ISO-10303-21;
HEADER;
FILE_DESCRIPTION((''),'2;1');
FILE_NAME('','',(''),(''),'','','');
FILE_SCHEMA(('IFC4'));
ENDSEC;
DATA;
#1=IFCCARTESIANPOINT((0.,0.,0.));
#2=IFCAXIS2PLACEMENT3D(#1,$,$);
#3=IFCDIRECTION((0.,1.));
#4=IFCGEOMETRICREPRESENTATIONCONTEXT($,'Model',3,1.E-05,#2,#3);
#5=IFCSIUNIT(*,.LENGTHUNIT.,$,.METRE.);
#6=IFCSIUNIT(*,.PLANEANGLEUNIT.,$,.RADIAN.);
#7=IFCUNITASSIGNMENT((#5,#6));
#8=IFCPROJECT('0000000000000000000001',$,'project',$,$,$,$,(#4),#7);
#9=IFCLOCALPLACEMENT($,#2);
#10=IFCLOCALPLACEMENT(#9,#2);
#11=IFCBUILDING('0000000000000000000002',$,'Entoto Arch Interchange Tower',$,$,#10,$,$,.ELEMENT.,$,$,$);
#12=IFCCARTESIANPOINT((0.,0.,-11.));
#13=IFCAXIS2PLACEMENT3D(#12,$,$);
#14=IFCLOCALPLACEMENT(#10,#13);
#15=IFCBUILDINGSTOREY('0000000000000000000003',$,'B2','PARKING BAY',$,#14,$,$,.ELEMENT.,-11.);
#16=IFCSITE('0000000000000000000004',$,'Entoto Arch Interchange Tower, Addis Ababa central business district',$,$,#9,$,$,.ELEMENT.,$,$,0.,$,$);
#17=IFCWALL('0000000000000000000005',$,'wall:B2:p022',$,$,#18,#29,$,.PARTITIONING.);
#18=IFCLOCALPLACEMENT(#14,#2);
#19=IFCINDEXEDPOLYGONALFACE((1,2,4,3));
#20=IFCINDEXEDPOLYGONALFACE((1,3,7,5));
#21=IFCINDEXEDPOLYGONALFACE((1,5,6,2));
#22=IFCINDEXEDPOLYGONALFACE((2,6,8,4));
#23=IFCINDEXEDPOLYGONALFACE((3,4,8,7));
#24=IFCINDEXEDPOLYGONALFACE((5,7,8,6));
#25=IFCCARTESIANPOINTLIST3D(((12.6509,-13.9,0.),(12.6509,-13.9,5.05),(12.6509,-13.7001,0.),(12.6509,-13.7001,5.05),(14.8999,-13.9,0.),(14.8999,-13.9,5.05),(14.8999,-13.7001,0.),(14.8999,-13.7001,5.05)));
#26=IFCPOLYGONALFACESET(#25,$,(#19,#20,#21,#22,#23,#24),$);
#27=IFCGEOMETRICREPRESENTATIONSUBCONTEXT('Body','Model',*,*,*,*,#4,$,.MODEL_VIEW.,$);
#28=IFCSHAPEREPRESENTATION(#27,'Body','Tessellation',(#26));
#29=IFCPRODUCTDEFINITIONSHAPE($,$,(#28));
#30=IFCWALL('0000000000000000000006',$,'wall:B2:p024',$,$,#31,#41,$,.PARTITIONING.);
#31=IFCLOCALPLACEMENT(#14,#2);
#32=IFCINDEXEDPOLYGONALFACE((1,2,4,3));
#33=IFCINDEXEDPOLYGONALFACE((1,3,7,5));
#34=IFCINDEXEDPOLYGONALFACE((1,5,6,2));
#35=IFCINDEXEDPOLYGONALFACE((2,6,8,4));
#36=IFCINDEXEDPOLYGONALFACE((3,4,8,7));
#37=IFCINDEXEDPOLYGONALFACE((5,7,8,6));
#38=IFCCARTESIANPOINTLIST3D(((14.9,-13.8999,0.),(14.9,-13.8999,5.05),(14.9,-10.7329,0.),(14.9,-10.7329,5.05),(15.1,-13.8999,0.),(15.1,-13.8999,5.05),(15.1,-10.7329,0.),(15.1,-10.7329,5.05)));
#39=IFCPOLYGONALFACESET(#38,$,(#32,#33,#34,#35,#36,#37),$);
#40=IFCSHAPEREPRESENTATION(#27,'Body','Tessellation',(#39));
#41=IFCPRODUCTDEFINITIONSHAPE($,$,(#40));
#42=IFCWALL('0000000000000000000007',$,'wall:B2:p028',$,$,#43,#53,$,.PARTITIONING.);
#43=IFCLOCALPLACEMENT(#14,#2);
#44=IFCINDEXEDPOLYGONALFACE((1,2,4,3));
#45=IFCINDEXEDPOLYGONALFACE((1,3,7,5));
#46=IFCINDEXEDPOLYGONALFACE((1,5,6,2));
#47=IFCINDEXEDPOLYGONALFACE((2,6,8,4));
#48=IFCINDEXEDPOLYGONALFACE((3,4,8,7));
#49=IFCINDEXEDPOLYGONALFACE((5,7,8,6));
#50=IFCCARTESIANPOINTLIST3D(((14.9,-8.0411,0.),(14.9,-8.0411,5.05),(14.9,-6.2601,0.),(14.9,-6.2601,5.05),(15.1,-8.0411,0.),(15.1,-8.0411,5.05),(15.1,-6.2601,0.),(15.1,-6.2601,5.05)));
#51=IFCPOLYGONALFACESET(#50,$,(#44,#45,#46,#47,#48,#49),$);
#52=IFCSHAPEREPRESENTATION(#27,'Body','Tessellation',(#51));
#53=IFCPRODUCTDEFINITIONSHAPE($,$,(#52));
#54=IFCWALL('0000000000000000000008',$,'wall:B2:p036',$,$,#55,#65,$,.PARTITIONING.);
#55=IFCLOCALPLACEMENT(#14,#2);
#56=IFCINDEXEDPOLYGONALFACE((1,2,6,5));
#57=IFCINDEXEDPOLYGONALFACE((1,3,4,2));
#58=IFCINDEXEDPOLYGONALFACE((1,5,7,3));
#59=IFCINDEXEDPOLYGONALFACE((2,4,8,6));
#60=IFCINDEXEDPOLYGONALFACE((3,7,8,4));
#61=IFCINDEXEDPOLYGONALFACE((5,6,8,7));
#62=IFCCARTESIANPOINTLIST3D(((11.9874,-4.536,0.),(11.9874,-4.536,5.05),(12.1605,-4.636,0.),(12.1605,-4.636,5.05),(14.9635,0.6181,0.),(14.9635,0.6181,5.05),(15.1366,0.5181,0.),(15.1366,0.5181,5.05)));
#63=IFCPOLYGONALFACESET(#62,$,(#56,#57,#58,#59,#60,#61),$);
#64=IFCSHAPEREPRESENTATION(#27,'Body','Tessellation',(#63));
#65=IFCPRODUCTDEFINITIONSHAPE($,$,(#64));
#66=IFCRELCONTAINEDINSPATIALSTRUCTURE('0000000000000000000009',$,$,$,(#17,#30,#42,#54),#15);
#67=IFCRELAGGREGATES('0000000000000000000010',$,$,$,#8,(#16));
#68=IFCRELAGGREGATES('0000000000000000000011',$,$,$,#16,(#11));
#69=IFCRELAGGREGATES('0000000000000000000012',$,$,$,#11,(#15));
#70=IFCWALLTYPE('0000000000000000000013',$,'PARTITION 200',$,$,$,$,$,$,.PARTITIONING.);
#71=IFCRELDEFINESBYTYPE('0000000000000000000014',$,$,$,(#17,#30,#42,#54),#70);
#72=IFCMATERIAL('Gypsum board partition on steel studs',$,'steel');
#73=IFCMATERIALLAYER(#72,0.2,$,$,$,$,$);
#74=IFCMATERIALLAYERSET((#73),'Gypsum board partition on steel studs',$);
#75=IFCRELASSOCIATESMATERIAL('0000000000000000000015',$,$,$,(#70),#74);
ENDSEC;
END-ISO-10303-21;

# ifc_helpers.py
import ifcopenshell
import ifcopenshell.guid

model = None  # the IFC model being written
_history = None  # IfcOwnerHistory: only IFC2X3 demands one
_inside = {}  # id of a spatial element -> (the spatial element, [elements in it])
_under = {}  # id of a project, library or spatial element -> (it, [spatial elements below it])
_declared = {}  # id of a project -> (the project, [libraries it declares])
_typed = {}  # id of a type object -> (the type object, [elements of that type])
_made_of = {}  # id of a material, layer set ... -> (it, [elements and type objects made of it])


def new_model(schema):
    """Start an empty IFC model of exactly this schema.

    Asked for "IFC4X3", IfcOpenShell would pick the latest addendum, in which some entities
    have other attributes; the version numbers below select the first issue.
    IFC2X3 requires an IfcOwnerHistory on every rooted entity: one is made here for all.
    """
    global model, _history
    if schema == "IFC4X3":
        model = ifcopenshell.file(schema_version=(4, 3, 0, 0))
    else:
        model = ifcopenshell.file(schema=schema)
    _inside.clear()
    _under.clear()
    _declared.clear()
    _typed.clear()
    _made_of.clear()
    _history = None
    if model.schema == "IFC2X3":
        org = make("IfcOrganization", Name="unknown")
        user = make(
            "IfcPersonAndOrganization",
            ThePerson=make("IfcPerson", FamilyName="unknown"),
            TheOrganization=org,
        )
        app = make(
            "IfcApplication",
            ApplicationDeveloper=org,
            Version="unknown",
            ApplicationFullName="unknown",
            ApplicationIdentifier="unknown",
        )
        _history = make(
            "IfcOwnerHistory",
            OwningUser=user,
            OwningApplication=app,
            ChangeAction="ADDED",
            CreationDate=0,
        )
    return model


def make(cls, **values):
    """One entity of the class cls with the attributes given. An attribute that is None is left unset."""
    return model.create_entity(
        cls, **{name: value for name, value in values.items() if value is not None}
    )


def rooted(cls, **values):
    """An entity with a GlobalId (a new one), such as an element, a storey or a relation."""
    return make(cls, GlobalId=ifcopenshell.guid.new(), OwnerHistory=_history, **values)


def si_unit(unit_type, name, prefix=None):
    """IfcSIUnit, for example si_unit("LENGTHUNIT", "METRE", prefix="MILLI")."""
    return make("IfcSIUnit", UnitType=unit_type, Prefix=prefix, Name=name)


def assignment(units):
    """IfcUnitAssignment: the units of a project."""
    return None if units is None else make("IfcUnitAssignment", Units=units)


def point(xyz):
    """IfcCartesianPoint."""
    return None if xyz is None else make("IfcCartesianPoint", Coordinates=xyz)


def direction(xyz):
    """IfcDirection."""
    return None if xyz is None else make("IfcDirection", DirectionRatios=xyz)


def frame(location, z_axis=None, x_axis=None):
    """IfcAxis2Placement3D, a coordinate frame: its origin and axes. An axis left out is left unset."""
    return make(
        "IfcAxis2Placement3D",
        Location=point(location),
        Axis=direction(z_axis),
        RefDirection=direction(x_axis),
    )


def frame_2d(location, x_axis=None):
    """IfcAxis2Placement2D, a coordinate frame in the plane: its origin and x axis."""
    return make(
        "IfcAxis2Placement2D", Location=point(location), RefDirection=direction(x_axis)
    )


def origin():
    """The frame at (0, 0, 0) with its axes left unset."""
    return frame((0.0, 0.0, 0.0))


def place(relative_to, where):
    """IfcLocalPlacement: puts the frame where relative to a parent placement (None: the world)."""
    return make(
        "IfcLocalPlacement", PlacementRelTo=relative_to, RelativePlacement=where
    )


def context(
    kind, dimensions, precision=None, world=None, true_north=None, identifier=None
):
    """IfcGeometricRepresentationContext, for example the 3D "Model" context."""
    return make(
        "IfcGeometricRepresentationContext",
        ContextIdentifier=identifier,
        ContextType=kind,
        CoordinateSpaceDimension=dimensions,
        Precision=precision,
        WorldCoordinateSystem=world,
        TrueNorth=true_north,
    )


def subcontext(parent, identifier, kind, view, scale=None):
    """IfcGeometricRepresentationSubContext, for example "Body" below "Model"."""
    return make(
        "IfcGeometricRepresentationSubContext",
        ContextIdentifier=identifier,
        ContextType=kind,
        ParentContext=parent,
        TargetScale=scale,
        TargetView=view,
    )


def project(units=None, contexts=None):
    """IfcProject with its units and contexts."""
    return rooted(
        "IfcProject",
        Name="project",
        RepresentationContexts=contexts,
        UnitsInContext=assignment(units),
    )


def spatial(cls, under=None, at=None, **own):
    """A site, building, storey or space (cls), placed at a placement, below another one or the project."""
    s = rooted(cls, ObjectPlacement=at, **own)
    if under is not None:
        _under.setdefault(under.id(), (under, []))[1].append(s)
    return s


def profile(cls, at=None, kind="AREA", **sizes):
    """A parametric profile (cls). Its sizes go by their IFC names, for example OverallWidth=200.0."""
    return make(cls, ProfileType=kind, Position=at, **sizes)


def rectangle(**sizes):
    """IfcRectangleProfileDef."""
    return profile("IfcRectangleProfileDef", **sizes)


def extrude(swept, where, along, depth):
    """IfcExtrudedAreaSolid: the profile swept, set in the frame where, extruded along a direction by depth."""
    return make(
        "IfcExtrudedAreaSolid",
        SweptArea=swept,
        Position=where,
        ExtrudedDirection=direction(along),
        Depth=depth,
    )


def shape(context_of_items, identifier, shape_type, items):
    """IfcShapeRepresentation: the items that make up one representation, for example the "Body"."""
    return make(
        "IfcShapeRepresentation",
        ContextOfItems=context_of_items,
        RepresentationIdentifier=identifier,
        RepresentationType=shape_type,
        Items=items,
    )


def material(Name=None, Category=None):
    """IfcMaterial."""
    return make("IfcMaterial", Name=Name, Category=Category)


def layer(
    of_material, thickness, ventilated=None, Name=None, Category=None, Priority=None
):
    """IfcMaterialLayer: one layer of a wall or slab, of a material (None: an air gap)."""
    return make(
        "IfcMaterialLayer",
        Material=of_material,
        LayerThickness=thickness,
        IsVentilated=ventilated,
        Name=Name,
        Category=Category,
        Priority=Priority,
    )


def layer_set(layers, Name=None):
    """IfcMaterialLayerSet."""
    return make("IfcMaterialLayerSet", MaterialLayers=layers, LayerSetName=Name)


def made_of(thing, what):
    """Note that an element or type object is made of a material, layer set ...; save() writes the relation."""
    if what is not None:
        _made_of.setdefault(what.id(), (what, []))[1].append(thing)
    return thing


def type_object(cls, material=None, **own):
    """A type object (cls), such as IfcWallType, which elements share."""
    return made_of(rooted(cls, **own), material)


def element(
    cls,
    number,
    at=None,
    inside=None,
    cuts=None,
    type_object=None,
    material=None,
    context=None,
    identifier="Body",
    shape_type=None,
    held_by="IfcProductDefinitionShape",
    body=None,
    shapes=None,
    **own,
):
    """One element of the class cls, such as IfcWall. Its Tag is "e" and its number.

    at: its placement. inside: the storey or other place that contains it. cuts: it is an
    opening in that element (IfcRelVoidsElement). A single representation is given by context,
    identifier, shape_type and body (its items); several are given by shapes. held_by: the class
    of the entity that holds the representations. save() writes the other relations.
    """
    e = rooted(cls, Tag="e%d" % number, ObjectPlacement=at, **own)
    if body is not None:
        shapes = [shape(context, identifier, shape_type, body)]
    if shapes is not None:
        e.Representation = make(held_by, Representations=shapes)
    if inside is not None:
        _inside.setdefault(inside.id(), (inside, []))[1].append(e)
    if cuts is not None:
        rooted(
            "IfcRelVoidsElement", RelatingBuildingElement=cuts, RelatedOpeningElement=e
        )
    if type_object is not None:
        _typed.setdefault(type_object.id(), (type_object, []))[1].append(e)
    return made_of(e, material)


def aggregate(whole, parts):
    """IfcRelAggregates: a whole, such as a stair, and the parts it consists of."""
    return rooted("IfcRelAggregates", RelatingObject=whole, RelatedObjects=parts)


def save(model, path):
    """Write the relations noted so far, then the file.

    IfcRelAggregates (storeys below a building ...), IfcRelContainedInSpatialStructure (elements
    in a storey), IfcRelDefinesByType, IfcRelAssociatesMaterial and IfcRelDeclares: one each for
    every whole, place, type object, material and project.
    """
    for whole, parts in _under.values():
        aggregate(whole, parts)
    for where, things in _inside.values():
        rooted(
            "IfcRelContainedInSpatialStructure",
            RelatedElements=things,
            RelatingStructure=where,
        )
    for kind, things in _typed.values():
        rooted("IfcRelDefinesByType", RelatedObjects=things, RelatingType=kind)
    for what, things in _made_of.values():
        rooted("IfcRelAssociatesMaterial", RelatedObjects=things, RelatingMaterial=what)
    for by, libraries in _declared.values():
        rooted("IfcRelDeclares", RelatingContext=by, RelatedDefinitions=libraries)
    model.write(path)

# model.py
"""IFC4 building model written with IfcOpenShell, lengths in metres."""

from ifc_helpers import new_model, si_unit, direction, frame, frame_2d, origin, place, context, subcontext, project, spatial, rectangle, extrude, material, layer, layer_set, type_object, element, save


model = new_model("IFC4")

# Units and contexts
model_context = context("Model", 3, precision=1e-05, world=origin(), true_north=direction((0.0, 1.0)))
body_context = subcontext(model_context, "Body", "Model", "MODEL_VIEW")
ifc_project = project(units=[si_unit("LENGTHUNIT", "METRE"), si_unit("PLANEANGLEUNIT", "RADIAN")], contexts=[model_context])

# Site, building, storey
site_placement = place(None, origin())
site = spatial("IfcSite", under=ifc_project, at=site_placement, Name="Entoto Arch Interchange Tower, Addis Ababa central business district", CompositionType="ELEMENT", RefElevation=0.0)
building_placement = place(site_placement, origin())
building = spatial("IfcBuilding", under=site, at=building_placement, Name="Entoto Arch Interchange Tower", CompositionType="ELEMENT")
storey_placement = place(building_placement, frame((0.0, 0.0, -11.0)))
storey = spatial("IfcBuildingStorey", under=building, at=storey_placement, Name="B2", Description="PARKING BAY", CompositionType="ELEMENT", Elevation=-11.0)

# Walls
ifc_material_1 = material(Name="Gypsum board partition on steel studs", Category="steel")
ifc_layer = layer(ifc_material_1, 0.2)
ifc_layer_set = layer_set([ifc_layer], Name="Gypsum board partition on steel studs")
wall_type = type_object("IfcWallType", Name="PARTITION 200", PredefinedType="PARTITIONING", material=ifc_layer_set)
wall_1_placement = place(storey_placement, frame((14.8999, -13.8, 0.0), z_axis=(0.0, 0.0, 1.0), x_axis=(-1.0, 0.0, 0.0)))
element("IfcWall", 1, at=wall_1_placement, inside=storey, type_object=wall_type, Name="wall:B2:p022", PredefinedType="PARTITIONING", context=body_context, shape_type="SweptSolid", body=[
    extrude(rectangle(XDim=2.249, YDim=0.2, at=frame_2d((1.1245, 0.0))), origin(), (0.0, 0.0, 1.0), 5.05),
])
wall_2_placement = place(storey_placement, frame((15.0, -10.7329, 0.0), z_axis=(0.0, 0.0, 1.0), x_axis=(0.0, -1.0, 0.0)))
element("IfcWall", 2, at=wall_2_placement, inside=storey, type_object=wall_type, Name="wall:B2:p024", PredefinedType="PARTITIONING", context=body_context, shape_type="SweptSolid", body=[
    extrude(rectangle(XDim=3.167, YDim=0.2, at=frame_2d((1.5835, 0.0))), origin(), (0.0, 0.0, 1.0), 5.05),
])
wall_3_placement = place(storey_placement, frame((15.0, -6.26, 0.0), z_axis=(0.0, 0.0, 1.0), x_axis=(0.0, -1.0, 0.0)))
element("IfcWall", 3, at=wall_3_placement, inside=storey, type_object=wall_type, Name="wall:B2:p028", PredefinedType="PARTITIONING", context=body_context, shape_type="SweptSolid", body=[
    extrude(rectangle(XDim=1.781, YDim=0.2, at=frame_2d((0.8906, 0.0))), origin(), (0.0, 0.0, 1.0), 5.05),
])
wall_4_placement = place(storey_placement, frame((15.05, 0.5681, 0.0), z_axis=(0.0, 0.0, 1.0), x_axis=(-0.500048, -0.865998, 0.0)))
element("IfcWall", 4, at=wall_4_placement, inside=storey, type_object=wall_type, Name="wall:B2:p036", PredefinedType="PARTITIONING", context=body_context, shape_type="SweptSolid", body=[
    extrude(rectangle(XDim=5.9517, YDim=0.2, at=frame_2d((2.9758, 0.0))), origin(), (0.0, 0.0, 1.0), 5.05),
])

save(model, "model.ifc")
